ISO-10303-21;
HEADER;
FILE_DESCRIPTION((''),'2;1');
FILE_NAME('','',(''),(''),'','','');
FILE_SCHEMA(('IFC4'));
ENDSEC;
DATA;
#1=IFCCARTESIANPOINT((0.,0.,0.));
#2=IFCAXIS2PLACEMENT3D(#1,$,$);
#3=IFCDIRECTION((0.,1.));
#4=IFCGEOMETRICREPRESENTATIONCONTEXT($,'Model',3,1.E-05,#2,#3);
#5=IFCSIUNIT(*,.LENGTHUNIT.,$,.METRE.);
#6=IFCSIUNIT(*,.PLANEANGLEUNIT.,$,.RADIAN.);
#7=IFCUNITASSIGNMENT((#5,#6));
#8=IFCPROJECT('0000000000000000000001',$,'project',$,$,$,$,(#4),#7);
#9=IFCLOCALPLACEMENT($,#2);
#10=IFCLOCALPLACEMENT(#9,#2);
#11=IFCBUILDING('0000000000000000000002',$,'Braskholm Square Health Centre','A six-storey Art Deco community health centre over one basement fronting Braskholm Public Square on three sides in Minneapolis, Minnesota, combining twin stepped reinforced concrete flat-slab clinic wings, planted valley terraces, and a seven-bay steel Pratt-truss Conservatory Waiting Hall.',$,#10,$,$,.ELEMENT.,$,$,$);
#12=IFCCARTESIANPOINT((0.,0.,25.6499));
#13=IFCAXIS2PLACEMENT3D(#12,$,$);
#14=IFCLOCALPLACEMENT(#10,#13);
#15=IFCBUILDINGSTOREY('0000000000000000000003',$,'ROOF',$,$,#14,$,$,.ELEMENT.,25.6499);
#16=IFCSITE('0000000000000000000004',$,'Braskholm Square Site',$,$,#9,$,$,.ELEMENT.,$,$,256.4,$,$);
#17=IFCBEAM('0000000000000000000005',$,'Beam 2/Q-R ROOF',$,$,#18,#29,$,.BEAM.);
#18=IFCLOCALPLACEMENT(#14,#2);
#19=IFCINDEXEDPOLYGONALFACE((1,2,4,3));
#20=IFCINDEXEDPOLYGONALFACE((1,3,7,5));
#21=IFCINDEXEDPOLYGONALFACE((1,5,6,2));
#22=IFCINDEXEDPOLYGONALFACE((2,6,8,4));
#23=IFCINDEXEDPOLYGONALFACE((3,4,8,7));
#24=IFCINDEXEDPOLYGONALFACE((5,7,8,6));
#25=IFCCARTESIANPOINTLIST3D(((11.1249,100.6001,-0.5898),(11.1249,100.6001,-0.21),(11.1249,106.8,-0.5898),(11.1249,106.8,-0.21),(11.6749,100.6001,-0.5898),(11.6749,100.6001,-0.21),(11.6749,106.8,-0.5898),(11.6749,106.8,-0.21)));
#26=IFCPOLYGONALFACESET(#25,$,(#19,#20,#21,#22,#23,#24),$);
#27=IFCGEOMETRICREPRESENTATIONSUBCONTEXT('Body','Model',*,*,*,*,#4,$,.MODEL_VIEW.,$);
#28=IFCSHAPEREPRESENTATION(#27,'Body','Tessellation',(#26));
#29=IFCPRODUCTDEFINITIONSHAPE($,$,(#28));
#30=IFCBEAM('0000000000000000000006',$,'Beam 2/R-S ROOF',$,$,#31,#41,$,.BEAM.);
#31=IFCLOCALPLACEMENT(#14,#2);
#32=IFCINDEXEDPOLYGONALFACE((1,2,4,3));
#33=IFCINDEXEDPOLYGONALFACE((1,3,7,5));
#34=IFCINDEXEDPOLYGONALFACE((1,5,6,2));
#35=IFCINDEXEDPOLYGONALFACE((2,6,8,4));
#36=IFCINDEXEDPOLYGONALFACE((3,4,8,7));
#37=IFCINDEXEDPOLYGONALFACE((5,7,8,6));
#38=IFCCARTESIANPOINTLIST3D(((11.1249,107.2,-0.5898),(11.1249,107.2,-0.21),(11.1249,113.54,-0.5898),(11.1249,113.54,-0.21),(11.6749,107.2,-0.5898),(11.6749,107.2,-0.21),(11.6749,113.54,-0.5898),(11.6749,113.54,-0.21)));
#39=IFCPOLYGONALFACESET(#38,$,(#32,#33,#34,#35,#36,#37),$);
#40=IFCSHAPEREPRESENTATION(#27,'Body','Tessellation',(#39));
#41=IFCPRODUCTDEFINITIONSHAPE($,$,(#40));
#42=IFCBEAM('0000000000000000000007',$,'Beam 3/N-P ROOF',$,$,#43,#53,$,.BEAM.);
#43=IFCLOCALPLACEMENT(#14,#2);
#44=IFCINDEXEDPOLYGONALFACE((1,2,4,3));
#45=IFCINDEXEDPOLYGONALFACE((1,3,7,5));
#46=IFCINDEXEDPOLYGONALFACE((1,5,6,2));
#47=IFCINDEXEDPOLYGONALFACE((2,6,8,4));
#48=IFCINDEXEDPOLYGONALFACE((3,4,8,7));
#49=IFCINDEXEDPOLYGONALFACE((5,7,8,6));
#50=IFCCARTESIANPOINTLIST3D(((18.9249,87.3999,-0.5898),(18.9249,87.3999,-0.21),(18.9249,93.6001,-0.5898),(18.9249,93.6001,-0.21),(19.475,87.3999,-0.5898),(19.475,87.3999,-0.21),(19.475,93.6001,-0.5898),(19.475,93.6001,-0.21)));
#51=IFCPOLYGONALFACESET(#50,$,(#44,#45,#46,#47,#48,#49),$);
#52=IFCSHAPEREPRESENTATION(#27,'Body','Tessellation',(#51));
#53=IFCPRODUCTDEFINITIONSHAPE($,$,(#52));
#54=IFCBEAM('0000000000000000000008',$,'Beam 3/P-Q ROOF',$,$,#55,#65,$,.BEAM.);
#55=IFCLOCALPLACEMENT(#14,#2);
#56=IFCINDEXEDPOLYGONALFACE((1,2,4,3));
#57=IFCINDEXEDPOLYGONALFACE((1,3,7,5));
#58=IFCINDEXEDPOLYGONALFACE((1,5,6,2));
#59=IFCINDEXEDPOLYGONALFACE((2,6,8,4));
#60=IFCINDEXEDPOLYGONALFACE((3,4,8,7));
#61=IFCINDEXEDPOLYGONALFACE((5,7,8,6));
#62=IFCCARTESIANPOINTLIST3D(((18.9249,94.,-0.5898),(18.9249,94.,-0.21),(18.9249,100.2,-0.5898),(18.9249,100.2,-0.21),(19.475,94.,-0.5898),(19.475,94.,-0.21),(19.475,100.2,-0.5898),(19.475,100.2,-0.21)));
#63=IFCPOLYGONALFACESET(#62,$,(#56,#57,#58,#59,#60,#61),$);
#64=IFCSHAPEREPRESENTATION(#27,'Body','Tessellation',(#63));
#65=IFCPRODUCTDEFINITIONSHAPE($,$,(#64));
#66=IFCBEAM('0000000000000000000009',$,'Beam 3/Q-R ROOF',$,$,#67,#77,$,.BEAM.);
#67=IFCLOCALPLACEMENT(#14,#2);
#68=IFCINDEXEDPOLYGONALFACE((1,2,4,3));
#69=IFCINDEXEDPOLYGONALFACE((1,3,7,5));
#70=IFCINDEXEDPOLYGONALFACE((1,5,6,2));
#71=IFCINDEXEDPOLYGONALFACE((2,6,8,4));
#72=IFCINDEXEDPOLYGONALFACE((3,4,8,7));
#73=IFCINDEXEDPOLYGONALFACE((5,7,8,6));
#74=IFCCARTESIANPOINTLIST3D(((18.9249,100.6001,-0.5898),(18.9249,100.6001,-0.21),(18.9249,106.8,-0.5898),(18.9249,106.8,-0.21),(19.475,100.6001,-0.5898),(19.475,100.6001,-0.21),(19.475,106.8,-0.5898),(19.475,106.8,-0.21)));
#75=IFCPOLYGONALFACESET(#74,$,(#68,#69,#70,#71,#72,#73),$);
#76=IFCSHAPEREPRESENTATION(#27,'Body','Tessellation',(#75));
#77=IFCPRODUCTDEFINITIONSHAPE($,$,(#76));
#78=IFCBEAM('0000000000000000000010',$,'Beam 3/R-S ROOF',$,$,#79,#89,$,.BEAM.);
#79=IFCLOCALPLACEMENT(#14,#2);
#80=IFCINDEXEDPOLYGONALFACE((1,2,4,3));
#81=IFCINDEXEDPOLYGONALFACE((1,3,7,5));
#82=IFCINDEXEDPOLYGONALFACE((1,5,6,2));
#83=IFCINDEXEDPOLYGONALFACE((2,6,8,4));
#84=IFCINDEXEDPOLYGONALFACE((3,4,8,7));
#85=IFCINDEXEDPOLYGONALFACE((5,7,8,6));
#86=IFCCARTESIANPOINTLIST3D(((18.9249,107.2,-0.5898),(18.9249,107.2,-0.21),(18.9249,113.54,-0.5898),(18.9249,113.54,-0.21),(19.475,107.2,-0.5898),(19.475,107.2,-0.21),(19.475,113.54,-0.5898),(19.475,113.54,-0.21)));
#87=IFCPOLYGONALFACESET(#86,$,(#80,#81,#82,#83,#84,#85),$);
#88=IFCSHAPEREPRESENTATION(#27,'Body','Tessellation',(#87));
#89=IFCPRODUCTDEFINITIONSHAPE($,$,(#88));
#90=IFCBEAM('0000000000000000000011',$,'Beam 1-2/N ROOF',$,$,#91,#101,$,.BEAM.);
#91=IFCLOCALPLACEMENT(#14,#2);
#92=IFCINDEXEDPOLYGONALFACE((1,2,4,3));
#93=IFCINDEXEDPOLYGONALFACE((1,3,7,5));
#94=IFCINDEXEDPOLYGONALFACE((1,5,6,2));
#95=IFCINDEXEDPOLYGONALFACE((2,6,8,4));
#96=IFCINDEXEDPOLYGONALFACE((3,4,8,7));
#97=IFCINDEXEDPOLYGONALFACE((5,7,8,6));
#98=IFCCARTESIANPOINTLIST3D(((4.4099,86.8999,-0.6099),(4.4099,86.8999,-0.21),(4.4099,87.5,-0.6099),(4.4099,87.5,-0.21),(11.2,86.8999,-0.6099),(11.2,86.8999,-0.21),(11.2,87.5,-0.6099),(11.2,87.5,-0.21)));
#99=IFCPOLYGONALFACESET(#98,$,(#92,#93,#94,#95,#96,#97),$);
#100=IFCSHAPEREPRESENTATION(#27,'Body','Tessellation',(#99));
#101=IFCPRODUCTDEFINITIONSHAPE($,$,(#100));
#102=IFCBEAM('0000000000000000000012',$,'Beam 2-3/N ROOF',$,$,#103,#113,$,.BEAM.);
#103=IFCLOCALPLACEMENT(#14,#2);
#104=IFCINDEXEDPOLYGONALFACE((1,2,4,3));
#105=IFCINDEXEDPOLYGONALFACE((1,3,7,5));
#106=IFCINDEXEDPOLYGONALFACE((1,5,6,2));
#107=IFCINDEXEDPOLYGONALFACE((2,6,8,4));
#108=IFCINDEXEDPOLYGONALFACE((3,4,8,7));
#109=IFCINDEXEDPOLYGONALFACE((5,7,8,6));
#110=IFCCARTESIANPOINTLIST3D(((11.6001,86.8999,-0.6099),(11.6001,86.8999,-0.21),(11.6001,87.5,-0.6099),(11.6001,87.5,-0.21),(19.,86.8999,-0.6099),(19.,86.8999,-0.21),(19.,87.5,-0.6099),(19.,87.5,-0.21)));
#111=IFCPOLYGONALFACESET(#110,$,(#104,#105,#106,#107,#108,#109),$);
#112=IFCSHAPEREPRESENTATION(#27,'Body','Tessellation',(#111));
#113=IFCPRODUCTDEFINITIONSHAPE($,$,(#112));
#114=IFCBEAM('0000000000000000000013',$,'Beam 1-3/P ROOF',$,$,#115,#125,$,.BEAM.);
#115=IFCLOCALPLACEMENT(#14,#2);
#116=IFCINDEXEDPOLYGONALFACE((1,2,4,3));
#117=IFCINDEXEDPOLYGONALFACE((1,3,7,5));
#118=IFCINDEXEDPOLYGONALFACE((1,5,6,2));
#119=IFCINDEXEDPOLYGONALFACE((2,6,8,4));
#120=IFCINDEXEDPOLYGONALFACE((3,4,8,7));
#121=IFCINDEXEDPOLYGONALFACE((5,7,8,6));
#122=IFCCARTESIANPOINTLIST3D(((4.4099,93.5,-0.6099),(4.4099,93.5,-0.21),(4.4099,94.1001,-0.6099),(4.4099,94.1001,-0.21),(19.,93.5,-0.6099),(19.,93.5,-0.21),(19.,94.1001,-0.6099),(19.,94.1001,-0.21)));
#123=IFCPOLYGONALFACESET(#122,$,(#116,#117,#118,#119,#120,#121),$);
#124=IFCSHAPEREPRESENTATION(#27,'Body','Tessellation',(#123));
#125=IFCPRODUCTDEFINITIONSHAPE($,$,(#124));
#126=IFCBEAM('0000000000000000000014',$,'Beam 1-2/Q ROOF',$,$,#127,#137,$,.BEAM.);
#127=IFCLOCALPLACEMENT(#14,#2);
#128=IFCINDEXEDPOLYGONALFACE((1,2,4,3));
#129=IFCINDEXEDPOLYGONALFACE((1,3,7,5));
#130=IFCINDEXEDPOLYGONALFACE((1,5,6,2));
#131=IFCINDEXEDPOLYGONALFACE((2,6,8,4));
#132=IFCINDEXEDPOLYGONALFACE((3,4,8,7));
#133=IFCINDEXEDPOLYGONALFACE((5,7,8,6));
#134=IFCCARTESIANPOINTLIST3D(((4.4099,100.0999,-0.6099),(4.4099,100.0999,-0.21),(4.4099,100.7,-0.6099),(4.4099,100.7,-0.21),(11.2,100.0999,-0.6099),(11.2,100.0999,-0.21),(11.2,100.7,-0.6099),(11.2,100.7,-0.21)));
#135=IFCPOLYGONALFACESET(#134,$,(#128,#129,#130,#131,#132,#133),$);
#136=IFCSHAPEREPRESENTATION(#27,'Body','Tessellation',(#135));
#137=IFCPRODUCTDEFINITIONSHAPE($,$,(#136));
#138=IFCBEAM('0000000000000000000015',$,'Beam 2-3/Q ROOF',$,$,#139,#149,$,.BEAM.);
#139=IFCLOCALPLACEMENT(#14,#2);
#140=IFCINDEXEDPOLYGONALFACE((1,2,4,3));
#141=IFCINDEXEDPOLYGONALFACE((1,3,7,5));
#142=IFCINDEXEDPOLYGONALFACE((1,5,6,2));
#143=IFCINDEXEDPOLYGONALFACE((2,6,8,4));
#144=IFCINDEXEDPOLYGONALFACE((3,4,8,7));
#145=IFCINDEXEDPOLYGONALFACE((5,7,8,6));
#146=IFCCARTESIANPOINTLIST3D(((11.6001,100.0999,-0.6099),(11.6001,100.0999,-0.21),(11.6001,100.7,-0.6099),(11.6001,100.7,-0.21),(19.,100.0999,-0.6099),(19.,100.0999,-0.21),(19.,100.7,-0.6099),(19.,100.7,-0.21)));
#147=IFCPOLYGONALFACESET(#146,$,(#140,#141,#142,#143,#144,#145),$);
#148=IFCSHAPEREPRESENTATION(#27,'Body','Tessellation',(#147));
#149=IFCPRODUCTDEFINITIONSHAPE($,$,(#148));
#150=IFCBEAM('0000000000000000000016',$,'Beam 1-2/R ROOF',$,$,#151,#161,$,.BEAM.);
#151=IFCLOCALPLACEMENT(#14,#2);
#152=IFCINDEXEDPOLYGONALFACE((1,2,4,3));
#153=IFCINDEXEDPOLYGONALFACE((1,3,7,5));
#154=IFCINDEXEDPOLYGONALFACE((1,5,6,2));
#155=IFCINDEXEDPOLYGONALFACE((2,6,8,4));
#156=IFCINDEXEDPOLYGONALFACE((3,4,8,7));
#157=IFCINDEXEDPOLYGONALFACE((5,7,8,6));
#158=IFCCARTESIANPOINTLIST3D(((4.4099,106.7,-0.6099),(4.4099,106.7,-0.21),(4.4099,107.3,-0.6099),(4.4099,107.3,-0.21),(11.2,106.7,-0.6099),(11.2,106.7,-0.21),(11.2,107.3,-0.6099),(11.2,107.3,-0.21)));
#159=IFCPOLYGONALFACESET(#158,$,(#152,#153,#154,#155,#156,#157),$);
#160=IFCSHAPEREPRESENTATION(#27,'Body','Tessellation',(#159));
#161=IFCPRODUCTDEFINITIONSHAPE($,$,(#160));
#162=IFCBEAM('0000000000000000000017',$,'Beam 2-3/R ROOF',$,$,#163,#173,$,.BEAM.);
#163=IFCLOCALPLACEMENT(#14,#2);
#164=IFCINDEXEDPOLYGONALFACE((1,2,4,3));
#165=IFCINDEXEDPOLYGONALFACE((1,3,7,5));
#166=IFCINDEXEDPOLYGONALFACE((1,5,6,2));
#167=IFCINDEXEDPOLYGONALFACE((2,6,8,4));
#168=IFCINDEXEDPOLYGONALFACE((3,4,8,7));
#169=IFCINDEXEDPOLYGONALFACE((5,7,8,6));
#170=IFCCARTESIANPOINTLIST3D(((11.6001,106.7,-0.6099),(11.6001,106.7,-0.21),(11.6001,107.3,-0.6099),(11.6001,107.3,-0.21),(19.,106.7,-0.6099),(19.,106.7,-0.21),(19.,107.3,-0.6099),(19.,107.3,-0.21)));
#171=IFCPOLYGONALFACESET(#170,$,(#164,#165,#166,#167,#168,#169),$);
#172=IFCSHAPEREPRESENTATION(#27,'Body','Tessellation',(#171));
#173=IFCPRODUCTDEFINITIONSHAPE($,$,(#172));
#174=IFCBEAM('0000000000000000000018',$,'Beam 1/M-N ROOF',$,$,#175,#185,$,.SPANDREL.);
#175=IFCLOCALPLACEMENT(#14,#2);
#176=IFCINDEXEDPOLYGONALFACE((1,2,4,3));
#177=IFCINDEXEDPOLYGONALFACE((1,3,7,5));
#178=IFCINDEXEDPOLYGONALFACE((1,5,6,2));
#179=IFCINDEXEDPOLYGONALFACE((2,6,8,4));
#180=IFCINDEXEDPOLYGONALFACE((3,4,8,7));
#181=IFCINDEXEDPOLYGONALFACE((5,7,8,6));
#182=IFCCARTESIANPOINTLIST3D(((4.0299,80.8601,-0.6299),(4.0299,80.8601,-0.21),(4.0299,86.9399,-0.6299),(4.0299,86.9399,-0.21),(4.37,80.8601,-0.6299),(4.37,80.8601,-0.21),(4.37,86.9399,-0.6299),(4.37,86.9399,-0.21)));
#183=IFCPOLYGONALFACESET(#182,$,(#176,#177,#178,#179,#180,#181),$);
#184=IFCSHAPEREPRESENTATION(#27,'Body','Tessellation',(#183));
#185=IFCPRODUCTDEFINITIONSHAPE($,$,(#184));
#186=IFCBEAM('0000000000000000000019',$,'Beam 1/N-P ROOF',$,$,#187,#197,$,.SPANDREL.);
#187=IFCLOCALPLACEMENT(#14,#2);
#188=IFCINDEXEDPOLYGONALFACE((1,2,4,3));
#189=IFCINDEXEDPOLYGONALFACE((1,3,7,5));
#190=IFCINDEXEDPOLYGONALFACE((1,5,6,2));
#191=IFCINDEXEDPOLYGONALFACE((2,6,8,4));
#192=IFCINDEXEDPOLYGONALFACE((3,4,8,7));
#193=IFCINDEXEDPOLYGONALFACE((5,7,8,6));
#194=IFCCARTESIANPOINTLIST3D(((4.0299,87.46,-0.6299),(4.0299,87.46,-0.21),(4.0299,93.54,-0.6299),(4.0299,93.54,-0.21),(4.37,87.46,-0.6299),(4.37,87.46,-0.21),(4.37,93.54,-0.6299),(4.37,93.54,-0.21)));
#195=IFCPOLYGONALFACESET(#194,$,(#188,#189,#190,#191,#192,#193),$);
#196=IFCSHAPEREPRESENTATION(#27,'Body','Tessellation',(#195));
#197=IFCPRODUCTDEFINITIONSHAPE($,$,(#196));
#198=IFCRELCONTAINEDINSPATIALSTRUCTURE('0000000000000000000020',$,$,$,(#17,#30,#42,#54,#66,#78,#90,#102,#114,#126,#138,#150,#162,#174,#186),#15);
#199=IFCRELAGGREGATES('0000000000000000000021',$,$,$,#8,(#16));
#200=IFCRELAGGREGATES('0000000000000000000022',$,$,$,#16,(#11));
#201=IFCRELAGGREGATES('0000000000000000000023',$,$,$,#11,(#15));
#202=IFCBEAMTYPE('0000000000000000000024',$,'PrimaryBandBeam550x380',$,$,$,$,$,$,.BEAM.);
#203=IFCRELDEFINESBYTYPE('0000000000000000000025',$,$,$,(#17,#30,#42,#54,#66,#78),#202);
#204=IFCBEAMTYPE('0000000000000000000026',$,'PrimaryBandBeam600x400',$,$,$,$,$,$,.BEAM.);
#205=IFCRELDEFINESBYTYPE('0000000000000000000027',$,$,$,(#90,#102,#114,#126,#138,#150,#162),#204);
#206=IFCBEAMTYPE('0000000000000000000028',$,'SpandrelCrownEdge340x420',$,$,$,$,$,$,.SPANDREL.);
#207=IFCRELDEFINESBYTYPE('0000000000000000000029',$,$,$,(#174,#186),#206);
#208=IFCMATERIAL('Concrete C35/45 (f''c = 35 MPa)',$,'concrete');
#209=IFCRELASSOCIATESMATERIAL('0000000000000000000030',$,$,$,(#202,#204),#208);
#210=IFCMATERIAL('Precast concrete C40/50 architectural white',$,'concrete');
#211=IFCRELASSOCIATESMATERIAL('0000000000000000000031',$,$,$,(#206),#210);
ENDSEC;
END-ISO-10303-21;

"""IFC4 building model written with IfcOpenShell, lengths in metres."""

from ifc_helpers import new_model, si_unit, direction, frame, origin, origin_2d, place, context, subcontext, project, spatial, rectangle, extrude, material, material_profile, profile_set, type_object, element, save


model = new_model("IFC4")

# Units and contexts
model_context = context("Model", 3, precision=1e-05, world=origin(), true_north=direction((0.0, 1.0)))
body_context = subcontext(model_context, "Body", "Model", "MODEL_VIEW")
ifc_project = project(units=[si_unit("LENGTHUNIT", "METRE"), si_unit("PLANEANGLEUNIT", "RADIAN")], contexts=[model_context])

# Site, building, storey
site_placement = place(None, origin())
site = spatial("IfcSite", under=ifc_project, at=site_placement, Name="Braskholm Square Site", CompositionType="ELEMENT", RefElevation=256.4)
building_placement = place(site_placement, origin())
building = spatial("IfcBuilding", under=site, at=building_placement, Name="Braskholm Square Health Centre", Description="A six-storey Art Deco community health centre over one basement fronting Braskholm Public Square on three sides in Minneapolis, Minnesota, combining twin stepped reinforced concrete flat-slab clinic wings, planted valley terraces, and a seven-bay steel Pratt-truss Conservatory Waiting Hall.", CompositionType="ELEMENT")
storey_placement = place(building_placement, frame((0.0, 0.0, 25.6499)))
storey = spatial("IfcBuildingStorey", under=building, at=storey_placement, Name="ROOF", CompositionType="ELEMENT", Elevation=25.6499)

# Beams
ifc_material_1 = material(Name="Concrete C35/45 (f'c = 35 MPa)", Category="concrete")
ifc_material_profile_1 = material_profile(ifc_material_1, rectangle(XDim=0.55, YDim=0.3799, at=origin_2d()), Name="RCB-550X380")
ifc_profile_set_1 = profile_set([ifc_material_profile_1], Name="Concrete C35/45 (f'c = 35 MPa)")
beam_type_1 = type_object("IfcBeamType", Name="PrimaryBandBeam550x380", PredefinedType="BEAM", material=ifc_profile_set_1)
beam_1_placement = place(storey_placement, frame((11.3999, 100.6001, -0.3999), z_axis=(0.0, 1.0, 0.0), x_axis=(-1.0, 0.0, 0.0)))
element("IfcBeam", 1, at=beam_1_placement, inside=storey, type_object=beam_type_1, Name="Beam 2/Q-R ROOF", PredefinedType="BEAM", context=body_context, shape_type="SweptSolid", body=[
    extrude(rectangle(XDim=0.55, YDim=0.3799, at=origin_2d()), origin(), (0.0, 0.0, 1.0), 6.2),
])
beam_2_placement = place(storey_placement, frame((11.3999, 107.2, -0.3999), z_axis=(0.0, 1.0, 0.0), x_axis=(-1.0, 0.0, 0.0)))
element("IfcBeam", 2, at=beam_2_placement, inside=storey, type_object=beam_type_1, Name="Beam 2/R-S ROOF", PredefinedType="BEAM", context=body_context, shape_type="SweptSolid", body=[
    extrude(rectangle(XDim=0.55, YDim=0.3799, at=origin_2d()), origin(), (0.0, 0.0, 1.0), 6.3401),
])
beam_3_placement = place(storey_placement, frame((19.2, 87.3999, -0.3999), z_axis=(0.0, 1.0, 0.0), x_axis=(-1.0, 0.0, 0.0)))
element("IfcBeam", 3, at=beam_3_placement, inside=storey, type_object=beam_type_1, Name="Beam 3/N-P ROOF", PredefinedType="BEAM", context=body_context, shape_type="SweptSolid", body=[
    extrude(rectangle(XDim=0.55, YDim=0.3799, at=origin_2d()), origin(), (0.0, 0.0, 1.0), 6.2002),
])
for number, where, z_axis, x_axis, name in (
    (4, (19.2, 94.0, -0.3999), (0.0, 1.0, 0.0), (-1.0, 0.0, 0.0), "Beam 3/P-Q ROOF"),
    (5, (19.2, 100.6001, -0.3999), (0.0, 1.0, 0.0), (-1.0, 0.0, 0.0), "Beam 3/Q-R ROOF"),
):
    element("IfcBeam", number, at=place(storey_placement, frame(where, z_axis=z_axis, x_axis=x_axis)), inside=storey, type_object=beam_type_1, Name=name, PredefinedType="BEAM", context=body_context, shape_type="SweptSolid", body=[
        extrude(rectangle(XDim=0.55, YDim=0.3799, at=origin_2d()), origin(), (0.0, 0.0, 1.0), 6.2),
    ])
beam_4_placement = place(storey_placement, frame((19.2, 107.2, -0.3999), z_axis=(0.0, 1.0, 0.0), x_axis=(-1.0, 0.0, 0.0)))
element("IfcBeam", 6, at=beam_4_placement, inside=storey, type_object=beam_type_1, Name="Beam 3/R-S ROOF", PredefinedType="BEAM", context=body_context, shape_type="SweptSolid", body=[
    extrude(rectangle(XDim=0.55, YDim=0.3799, at=origin_2d()), origin(), (0.0, 0.0, 1.0), 6.3401),
])
ifc_material_profile_2 = material_profile(ifc_material_1, rectangle(XDim=0.6001, YDim=0.3999, at=origin_2d()), Name="RCB-600X400")
ifc_profile_set_2 = profile_set([ifc_material_profile_2], Name="Concrete C35/45 (f'c = 35 MPa)")
beam_type_2 = type_object("IfcBeamType", Name="PrimaryBandBeam600x400", PredefinedType="BEAM", material=ifc_profile_set_2)
beam_5_placement = place(storey_placement, frame((4.4099, 87.2, -0.4099), z_axis=(1.0, 0.0, 0.0), x_axis=(0.0, 1.0, 0.0)))
element("IfcBeam", 7, at=beam_5_placement, inside=storey, type_object=beam_type_2, Name="Beam 1-2/N ROOF", PredefinedType="BEAM", context=body_context, shape_type="SweptSolid", body=[
    extrude(rectangle(XDim=0.6001, YDim=0.3999, at=origin_2d()), origin(), (0.0, 0.0, 1.0), 6.79),
])
beam_6_placement = place(storey_placement, frame((11.6001, 87.2, -0.4099), z_axis=(1.0, 0.0, 0.0), x_axis=(0.0, 1.0, 0.0)))
element("IfcBeam", 8, at=beam_6_placement, inside=storey, type_object=beam_type_2, Name="Beam 2-3/N ROOF", PredefinedType="BEAM", context=body_context, shape_type="SweptSolid", body=[
    extrude(rectangle(XDim=0.6001, YDim=0.3999, at=origin_2d()), origin(), (0.0, 0.0, 1.0), 7.3999),
])
beam_7_placement = place(storey_placement, frame((4.4099, 93.8, -0.4099), z_axis=(1.0, 0.0, 0.0), x_axis=(0.0, 1.0, 0.0)))
element("IfcBeam", 9, at=beam_7_placement, inside=storey, type_object=beam_type_2, Name="Beam 1-3/P ROOF", PredefinedType="BEAM", context=body_context, shape_type="SweptSolid", body=[
    extrude(rectangle(XDim=0.6001, YDim=0.3999, at=origin_2d()), origin(), (0.0, 0.0, 1.0), 14.5901),
])
beam_8_placement = place(storey_placement, frame((4.4099, 100.3999, -0.4099), z_axis=(1.0, 0.0, 0.0), x_axis=(0.0, 1.0, 0.0)))
element("IfcBeam", 10, at=beam_8_placement, inside=storey, type_object=beam_type_2, Name="Beam 1-2/Q ROOF", PredefinedType="BEAM", context=body_context, shape_type="SweptSolid", body=[
    extrude(rectangle(XDim=0.6001, YDim=0.3999, at=origin_2d()), origin(), (0.0, 0.0, 1.0), 6.79),
])
beam_9_placement = place(storey_placement, frame((11.6001, 100.3999, -0.4099), z_axis=(1.0, 0.0, 0.0), x_axis=(0.0, 1.0, 0.0)))
element("IfcBeam", 11, at=beam_9_placement, inside=storey, type_object=beam_type_2, Name="Beam 2-3/Q ROOF", PredefinedType="BEAM", context=body_context, shape_type="SweptSolid", body=[
    extrude(rectangle(XDim=0.6001, YDim=0.3999, at=origin_2d()), origin(), (0.0, 0.0, 1.0), 7.3999),
])
beam_10_placement = place(storey_placement, frame((4.4099, 107.0, -0.4099), z_axis=(1.0, 0.0, 0.0), x_axis=(0.0, 1.0, 0.0)))
element("IfcBeam", 12, at=beam_10_placement, inside=storey, type_object=beam_type_2, Name="Beam 1-2/R ROOF", PredefinedType="BEAM", context=body_context, shape_type="SweptSolid", body=[
    extrude(rectangle(XDim=0.6001, YDim=0.3999, at=origin_2d()), origin(), (0.0, 0.0, 1.0), 6.79),
])
beam_11_placement = place(storey_placement, frame((11.6001, 107.0, -0.4099), z_axis=(1.0, 0.0, 0.0), x_axis=(0.0, 1.0, 0.0)))
element("IfcBeam", 13, at=beam_11_placement, inside=storey, type_object=beam_type_2, Name="Beam 2-3/R ROOF", PredefinedType="BEAM", context=body_context, shape_type="SweptSolid", body=[
    extrude(rectangle(XDim=0.6001, YDim=0.3999, at=origin_2d()), origin(), (0.0, 0.0, 1.0), 7.3999),
])
ifc_material_2 = material(Name="Precast concrete C40/50 architectural white", Category="concrete")
ifc_material_profile_3 = material_profile(ifc_material_2, rectangle(XDim=0.3401, YDim=0.4199, at=origin_2d()), Name="RCB-340X420")
ifc_profile_set_3 = profile_set([ifc_material_profile_3], Name="Precast concrete C40/50 architectural white")
beam_type_3 = type_object("IfcBeamType", Name="SpandrelCrownEdge340x420", PredefinedType="SPANDREL", material=ifc_profile_set_3)
beam_12_placement = place(storey_placement, frame((4.2, 80.8601, -0.4199), z_axis=(0.0, 1.0, 0.0), x_axis=(-1.0, 0.0, 0.0)))
element("IfcBeam", 14, at=beam_12_placement, inside=storey, type_object=beam_type_3, Name="Beam 1/M-N ROOF", PredefinedType="SPANDREL", context=body_context, shape_type="SweptSolid", body=[
    extrude(rectangle(XDim=0.3401, YDim=0.4199, at=origin_2d()), origin(), (0.0, 0.0, 1.0), 6.0798),
])
beam_13_placement = place(storey_placement, frame((4.2, 87.46, -0.4199), z_axis=(0.0, 1.0, 0.0), x_axis=(-1.0, 0.0, 0.0)))
element("IfcBeam", 15, at=beam_13_placement, inside=storey, type_object=beam_type_3, Name="Beam 1/N-P ROOF", PredefinedType="SPANDREL", context=body_context, shape_type="SweptSolid", body=[
    extrude(rectangle(XDim=0.3401, YDim=0.4199, at=origin_2d()), origin(), (0.0, 0.0, 1.0), 6.0801),
])

save(model, "model.ifc")
